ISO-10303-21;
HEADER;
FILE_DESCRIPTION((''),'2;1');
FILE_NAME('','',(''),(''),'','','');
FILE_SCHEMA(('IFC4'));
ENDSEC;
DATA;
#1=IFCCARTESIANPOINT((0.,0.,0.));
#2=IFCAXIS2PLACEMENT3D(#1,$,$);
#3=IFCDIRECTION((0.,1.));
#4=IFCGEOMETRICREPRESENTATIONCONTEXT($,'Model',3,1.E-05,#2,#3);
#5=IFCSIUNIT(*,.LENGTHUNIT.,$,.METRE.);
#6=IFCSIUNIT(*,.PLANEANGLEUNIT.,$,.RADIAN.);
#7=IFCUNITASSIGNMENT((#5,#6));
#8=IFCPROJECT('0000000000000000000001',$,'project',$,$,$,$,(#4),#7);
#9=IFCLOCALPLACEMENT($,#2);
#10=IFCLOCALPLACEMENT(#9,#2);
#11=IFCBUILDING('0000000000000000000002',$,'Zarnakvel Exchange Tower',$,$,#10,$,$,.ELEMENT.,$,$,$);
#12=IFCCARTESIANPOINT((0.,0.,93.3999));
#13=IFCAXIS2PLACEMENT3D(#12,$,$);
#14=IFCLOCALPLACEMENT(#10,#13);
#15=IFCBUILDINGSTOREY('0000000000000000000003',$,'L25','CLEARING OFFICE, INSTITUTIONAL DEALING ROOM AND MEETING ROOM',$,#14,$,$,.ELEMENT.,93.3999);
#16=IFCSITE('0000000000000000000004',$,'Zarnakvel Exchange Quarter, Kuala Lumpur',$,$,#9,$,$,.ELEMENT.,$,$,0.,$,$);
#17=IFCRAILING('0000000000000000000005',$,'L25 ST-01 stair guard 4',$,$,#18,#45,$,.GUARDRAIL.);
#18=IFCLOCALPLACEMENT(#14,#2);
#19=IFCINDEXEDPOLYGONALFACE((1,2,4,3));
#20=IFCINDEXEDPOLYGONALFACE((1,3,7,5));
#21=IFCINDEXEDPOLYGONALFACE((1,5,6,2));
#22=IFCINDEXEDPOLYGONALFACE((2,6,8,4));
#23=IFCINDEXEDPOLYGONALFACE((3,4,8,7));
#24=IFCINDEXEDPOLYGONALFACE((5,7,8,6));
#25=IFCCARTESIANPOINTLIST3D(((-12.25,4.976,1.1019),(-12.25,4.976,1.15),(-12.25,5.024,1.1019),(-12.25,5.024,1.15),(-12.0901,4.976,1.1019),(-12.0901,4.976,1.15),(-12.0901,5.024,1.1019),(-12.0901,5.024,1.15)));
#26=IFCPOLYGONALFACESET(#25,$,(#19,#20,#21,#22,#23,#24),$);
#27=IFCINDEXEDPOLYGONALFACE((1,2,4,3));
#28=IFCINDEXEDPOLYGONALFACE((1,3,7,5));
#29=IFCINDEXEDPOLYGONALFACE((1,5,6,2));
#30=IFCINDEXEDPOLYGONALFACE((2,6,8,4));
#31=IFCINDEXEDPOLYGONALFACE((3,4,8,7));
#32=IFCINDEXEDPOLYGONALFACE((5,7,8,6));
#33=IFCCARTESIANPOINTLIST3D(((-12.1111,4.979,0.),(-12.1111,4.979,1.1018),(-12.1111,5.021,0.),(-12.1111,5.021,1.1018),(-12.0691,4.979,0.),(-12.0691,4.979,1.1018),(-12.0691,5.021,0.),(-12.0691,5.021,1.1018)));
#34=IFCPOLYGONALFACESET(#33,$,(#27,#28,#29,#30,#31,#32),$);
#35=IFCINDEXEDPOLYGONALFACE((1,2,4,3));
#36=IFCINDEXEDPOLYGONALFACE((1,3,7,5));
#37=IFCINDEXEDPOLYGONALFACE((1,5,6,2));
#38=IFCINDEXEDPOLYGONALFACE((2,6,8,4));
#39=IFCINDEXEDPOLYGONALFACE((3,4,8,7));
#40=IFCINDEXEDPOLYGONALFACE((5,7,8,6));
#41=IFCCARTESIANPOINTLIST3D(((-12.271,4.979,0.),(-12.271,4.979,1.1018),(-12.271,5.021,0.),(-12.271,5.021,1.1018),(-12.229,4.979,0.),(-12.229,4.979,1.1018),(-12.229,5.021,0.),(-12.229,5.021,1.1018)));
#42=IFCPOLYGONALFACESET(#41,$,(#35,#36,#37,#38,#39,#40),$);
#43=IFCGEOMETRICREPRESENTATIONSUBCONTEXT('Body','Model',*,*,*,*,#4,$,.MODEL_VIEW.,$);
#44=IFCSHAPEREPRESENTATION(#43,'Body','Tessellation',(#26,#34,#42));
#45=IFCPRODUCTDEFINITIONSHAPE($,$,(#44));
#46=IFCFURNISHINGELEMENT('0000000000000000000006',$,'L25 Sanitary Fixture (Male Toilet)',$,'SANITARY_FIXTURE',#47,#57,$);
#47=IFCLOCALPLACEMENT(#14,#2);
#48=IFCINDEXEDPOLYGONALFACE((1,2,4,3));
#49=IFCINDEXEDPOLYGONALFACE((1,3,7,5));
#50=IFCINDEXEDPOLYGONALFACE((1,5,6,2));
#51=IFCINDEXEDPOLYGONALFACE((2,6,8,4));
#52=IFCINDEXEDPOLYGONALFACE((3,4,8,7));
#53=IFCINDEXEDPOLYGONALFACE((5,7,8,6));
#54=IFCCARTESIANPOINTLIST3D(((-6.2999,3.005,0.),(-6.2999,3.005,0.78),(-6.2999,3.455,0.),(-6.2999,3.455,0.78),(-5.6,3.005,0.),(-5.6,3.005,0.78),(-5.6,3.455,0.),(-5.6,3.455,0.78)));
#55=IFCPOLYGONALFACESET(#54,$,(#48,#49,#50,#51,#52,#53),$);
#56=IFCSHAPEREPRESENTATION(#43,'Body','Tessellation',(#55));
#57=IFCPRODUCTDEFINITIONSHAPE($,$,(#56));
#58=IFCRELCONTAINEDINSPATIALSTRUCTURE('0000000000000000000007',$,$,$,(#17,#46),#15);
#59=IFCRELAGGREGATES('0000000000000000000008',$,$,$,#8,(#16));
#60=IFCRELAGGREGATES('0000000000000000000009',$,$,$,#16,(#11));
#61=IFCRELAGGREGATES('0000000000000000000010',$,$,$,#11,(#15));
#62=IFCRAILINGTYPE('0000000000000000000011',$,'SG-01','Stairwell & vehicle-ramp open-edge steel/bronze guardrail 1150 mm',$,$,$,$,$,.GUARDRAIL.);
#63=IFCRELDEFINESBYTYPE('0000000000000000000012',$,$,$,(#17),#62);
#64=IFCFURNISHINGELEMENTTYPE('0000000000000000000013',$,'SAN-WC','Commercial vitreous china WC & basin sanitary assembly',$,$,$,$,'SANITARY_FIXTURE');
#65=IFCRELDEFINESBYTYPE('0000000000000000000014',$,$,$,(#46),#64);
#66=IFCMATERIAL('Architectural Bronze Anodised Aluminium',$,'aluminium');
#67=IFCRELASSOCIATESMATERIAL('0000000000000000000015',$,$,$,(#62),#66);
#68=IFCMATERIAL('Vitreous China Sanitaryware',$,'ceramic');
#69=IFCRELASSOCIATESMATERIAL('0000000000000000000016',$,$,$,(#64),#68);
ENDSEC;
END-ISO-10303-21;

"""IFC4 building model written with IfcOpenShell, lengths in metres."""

from ifc_helpers import new_model, si_unit, direction, frame, origin, origin_2d, place, context, subcontext, project, spatial, rectangle, extrude, source, transform, mapped, material, type_object, element, save


model = new_model("IFC4")

# Units and contexts
model_context = context("Model", 3, precision=1e-05, world=origin(), true_north=direction((0.0, 1.0)))
body_context = subcontext(model_context, "Body", "Model", "MODEL_VIEW")
ifc_project = project(units=[si_unit("LENGTHUNIT", "METRE"), si_unit("PLANEANGLEUNIT", "RADIAN")], contexts=[model_context])

# Site, building, storey
site_placement = place(None, origin())
site = spatial("IfcSite", under=ifc_project, at=site_placement, Name="Zarnakvel Exchange Quarter, Kuala Lumpur", CompositionType="ELEMENT", RefElevation=0.0)
building_placement = place(site_placement, origin())
building = spatial("IfcBuilding", under=site, at=building_placement, Name="Zarnakvel Exchange Tower", CompositionType="ELEMENT")
storey_placement = place(building_placement, frame((0.0, 0.0, 93.3999)))
storey = spatial("IfcBuildingStorey", under=building, at=storey_placement, Name="L25", Description="CLEARING OFFICE, INSTITUTIONAL DEALING ROOM AND MEETING ROOM", CompositionType="ELEMENT", Elevation=93.3999)

# Shared definitions
ifc_material_1 = material(Name="Architectural Bronze Anodised Aluminium", Category="aluminium")

# Railing
railing_type_1 = type_object("IfcRailingType", Name="SG-01", Description="Stairwell & vehicle-ramp open-edge steel/bronze guardrail 1150 mm", PredefinedType="GUARDRAIL", material=ifc_material_1)
railing_1_placement = place(storey_placement, frame((-12.0901, 5.0, 0.0)))
element("IfcRailing", 1, at=railing_1_placement, inside=storey, type_object=railing_type_1, Name="L25 ST-01 stair guard 4", PredefinedType="GUARDRAIL", context=body_context, shape_type="SweptSolid", body=[
    extrude(rectangle(XDim=0.0481, YDim=0.0481, at=origin_2d()), frame((0.0, 0.0, 1.126), z_axis=(-1.0, 0.0, 0.0), x_axis=(0.0, -1.0, 0.0)), (0.0, 0.0, 1.0), 0.1599),
    extrude(rectangle(XDim=0.042, YDim=0.042, at=origin_2d()), origin(), (0.0, 0.0, 1.0), 1.1018),
    extrude(rectangle(XDim=0.042, YDim=0.042, at=origin_2d()), frame((-0.1599, 0.0, 0.0)), (0.0, 0.0, 1.0), 1.1018),
])

# Furnishing element
ifc_material_2 = material(Name="Vitreous China Sanitaryware", Category="ceramic")
furnishing_element_type = type_object("IfcFurnishingElementType", Name="SAN-WC", Description="Commercial vitreous china WC & basin sanitary assembly", ElementType="SANITARY_FIXTURE", material=ifc_material_2)
shared_shape_1 = source(origin(), body_context, "Body", "SweptSolid", [
    extrude(rectangle(XDim=0.7, YDim=0.45, at=origin_2d()), origin(), (0.0, 0.0, 1.0), 0.78),
])
furnishing_placement = place(storey_placement, frame((-5.95, 3.23, 0.0), z_axis=(0.0, 0.0, 1.0), x_axis=(1.0, 0.0, 0.0)))
element("IfcFurnishingElement", 2, at=furnishing_placement, inside=storey, type_object=furnishing_element_type, Name="L25 Sanitary Fixture (Male Toilet)", ObjectType="SANITARY_FIXTURE", context=body_context, shape_type="MappedRepresentation", body=[
    mapped(shared_shape_1, transform((0.0, 0.0, 0.0), x_axis=(1.0, 0.0, 0.0), y_axis=(0.0, 1.0, 0.0), z_axis=(0.0, 0.0, 1.0), scale=1.0)),
])

save(model, "model.ifc")
